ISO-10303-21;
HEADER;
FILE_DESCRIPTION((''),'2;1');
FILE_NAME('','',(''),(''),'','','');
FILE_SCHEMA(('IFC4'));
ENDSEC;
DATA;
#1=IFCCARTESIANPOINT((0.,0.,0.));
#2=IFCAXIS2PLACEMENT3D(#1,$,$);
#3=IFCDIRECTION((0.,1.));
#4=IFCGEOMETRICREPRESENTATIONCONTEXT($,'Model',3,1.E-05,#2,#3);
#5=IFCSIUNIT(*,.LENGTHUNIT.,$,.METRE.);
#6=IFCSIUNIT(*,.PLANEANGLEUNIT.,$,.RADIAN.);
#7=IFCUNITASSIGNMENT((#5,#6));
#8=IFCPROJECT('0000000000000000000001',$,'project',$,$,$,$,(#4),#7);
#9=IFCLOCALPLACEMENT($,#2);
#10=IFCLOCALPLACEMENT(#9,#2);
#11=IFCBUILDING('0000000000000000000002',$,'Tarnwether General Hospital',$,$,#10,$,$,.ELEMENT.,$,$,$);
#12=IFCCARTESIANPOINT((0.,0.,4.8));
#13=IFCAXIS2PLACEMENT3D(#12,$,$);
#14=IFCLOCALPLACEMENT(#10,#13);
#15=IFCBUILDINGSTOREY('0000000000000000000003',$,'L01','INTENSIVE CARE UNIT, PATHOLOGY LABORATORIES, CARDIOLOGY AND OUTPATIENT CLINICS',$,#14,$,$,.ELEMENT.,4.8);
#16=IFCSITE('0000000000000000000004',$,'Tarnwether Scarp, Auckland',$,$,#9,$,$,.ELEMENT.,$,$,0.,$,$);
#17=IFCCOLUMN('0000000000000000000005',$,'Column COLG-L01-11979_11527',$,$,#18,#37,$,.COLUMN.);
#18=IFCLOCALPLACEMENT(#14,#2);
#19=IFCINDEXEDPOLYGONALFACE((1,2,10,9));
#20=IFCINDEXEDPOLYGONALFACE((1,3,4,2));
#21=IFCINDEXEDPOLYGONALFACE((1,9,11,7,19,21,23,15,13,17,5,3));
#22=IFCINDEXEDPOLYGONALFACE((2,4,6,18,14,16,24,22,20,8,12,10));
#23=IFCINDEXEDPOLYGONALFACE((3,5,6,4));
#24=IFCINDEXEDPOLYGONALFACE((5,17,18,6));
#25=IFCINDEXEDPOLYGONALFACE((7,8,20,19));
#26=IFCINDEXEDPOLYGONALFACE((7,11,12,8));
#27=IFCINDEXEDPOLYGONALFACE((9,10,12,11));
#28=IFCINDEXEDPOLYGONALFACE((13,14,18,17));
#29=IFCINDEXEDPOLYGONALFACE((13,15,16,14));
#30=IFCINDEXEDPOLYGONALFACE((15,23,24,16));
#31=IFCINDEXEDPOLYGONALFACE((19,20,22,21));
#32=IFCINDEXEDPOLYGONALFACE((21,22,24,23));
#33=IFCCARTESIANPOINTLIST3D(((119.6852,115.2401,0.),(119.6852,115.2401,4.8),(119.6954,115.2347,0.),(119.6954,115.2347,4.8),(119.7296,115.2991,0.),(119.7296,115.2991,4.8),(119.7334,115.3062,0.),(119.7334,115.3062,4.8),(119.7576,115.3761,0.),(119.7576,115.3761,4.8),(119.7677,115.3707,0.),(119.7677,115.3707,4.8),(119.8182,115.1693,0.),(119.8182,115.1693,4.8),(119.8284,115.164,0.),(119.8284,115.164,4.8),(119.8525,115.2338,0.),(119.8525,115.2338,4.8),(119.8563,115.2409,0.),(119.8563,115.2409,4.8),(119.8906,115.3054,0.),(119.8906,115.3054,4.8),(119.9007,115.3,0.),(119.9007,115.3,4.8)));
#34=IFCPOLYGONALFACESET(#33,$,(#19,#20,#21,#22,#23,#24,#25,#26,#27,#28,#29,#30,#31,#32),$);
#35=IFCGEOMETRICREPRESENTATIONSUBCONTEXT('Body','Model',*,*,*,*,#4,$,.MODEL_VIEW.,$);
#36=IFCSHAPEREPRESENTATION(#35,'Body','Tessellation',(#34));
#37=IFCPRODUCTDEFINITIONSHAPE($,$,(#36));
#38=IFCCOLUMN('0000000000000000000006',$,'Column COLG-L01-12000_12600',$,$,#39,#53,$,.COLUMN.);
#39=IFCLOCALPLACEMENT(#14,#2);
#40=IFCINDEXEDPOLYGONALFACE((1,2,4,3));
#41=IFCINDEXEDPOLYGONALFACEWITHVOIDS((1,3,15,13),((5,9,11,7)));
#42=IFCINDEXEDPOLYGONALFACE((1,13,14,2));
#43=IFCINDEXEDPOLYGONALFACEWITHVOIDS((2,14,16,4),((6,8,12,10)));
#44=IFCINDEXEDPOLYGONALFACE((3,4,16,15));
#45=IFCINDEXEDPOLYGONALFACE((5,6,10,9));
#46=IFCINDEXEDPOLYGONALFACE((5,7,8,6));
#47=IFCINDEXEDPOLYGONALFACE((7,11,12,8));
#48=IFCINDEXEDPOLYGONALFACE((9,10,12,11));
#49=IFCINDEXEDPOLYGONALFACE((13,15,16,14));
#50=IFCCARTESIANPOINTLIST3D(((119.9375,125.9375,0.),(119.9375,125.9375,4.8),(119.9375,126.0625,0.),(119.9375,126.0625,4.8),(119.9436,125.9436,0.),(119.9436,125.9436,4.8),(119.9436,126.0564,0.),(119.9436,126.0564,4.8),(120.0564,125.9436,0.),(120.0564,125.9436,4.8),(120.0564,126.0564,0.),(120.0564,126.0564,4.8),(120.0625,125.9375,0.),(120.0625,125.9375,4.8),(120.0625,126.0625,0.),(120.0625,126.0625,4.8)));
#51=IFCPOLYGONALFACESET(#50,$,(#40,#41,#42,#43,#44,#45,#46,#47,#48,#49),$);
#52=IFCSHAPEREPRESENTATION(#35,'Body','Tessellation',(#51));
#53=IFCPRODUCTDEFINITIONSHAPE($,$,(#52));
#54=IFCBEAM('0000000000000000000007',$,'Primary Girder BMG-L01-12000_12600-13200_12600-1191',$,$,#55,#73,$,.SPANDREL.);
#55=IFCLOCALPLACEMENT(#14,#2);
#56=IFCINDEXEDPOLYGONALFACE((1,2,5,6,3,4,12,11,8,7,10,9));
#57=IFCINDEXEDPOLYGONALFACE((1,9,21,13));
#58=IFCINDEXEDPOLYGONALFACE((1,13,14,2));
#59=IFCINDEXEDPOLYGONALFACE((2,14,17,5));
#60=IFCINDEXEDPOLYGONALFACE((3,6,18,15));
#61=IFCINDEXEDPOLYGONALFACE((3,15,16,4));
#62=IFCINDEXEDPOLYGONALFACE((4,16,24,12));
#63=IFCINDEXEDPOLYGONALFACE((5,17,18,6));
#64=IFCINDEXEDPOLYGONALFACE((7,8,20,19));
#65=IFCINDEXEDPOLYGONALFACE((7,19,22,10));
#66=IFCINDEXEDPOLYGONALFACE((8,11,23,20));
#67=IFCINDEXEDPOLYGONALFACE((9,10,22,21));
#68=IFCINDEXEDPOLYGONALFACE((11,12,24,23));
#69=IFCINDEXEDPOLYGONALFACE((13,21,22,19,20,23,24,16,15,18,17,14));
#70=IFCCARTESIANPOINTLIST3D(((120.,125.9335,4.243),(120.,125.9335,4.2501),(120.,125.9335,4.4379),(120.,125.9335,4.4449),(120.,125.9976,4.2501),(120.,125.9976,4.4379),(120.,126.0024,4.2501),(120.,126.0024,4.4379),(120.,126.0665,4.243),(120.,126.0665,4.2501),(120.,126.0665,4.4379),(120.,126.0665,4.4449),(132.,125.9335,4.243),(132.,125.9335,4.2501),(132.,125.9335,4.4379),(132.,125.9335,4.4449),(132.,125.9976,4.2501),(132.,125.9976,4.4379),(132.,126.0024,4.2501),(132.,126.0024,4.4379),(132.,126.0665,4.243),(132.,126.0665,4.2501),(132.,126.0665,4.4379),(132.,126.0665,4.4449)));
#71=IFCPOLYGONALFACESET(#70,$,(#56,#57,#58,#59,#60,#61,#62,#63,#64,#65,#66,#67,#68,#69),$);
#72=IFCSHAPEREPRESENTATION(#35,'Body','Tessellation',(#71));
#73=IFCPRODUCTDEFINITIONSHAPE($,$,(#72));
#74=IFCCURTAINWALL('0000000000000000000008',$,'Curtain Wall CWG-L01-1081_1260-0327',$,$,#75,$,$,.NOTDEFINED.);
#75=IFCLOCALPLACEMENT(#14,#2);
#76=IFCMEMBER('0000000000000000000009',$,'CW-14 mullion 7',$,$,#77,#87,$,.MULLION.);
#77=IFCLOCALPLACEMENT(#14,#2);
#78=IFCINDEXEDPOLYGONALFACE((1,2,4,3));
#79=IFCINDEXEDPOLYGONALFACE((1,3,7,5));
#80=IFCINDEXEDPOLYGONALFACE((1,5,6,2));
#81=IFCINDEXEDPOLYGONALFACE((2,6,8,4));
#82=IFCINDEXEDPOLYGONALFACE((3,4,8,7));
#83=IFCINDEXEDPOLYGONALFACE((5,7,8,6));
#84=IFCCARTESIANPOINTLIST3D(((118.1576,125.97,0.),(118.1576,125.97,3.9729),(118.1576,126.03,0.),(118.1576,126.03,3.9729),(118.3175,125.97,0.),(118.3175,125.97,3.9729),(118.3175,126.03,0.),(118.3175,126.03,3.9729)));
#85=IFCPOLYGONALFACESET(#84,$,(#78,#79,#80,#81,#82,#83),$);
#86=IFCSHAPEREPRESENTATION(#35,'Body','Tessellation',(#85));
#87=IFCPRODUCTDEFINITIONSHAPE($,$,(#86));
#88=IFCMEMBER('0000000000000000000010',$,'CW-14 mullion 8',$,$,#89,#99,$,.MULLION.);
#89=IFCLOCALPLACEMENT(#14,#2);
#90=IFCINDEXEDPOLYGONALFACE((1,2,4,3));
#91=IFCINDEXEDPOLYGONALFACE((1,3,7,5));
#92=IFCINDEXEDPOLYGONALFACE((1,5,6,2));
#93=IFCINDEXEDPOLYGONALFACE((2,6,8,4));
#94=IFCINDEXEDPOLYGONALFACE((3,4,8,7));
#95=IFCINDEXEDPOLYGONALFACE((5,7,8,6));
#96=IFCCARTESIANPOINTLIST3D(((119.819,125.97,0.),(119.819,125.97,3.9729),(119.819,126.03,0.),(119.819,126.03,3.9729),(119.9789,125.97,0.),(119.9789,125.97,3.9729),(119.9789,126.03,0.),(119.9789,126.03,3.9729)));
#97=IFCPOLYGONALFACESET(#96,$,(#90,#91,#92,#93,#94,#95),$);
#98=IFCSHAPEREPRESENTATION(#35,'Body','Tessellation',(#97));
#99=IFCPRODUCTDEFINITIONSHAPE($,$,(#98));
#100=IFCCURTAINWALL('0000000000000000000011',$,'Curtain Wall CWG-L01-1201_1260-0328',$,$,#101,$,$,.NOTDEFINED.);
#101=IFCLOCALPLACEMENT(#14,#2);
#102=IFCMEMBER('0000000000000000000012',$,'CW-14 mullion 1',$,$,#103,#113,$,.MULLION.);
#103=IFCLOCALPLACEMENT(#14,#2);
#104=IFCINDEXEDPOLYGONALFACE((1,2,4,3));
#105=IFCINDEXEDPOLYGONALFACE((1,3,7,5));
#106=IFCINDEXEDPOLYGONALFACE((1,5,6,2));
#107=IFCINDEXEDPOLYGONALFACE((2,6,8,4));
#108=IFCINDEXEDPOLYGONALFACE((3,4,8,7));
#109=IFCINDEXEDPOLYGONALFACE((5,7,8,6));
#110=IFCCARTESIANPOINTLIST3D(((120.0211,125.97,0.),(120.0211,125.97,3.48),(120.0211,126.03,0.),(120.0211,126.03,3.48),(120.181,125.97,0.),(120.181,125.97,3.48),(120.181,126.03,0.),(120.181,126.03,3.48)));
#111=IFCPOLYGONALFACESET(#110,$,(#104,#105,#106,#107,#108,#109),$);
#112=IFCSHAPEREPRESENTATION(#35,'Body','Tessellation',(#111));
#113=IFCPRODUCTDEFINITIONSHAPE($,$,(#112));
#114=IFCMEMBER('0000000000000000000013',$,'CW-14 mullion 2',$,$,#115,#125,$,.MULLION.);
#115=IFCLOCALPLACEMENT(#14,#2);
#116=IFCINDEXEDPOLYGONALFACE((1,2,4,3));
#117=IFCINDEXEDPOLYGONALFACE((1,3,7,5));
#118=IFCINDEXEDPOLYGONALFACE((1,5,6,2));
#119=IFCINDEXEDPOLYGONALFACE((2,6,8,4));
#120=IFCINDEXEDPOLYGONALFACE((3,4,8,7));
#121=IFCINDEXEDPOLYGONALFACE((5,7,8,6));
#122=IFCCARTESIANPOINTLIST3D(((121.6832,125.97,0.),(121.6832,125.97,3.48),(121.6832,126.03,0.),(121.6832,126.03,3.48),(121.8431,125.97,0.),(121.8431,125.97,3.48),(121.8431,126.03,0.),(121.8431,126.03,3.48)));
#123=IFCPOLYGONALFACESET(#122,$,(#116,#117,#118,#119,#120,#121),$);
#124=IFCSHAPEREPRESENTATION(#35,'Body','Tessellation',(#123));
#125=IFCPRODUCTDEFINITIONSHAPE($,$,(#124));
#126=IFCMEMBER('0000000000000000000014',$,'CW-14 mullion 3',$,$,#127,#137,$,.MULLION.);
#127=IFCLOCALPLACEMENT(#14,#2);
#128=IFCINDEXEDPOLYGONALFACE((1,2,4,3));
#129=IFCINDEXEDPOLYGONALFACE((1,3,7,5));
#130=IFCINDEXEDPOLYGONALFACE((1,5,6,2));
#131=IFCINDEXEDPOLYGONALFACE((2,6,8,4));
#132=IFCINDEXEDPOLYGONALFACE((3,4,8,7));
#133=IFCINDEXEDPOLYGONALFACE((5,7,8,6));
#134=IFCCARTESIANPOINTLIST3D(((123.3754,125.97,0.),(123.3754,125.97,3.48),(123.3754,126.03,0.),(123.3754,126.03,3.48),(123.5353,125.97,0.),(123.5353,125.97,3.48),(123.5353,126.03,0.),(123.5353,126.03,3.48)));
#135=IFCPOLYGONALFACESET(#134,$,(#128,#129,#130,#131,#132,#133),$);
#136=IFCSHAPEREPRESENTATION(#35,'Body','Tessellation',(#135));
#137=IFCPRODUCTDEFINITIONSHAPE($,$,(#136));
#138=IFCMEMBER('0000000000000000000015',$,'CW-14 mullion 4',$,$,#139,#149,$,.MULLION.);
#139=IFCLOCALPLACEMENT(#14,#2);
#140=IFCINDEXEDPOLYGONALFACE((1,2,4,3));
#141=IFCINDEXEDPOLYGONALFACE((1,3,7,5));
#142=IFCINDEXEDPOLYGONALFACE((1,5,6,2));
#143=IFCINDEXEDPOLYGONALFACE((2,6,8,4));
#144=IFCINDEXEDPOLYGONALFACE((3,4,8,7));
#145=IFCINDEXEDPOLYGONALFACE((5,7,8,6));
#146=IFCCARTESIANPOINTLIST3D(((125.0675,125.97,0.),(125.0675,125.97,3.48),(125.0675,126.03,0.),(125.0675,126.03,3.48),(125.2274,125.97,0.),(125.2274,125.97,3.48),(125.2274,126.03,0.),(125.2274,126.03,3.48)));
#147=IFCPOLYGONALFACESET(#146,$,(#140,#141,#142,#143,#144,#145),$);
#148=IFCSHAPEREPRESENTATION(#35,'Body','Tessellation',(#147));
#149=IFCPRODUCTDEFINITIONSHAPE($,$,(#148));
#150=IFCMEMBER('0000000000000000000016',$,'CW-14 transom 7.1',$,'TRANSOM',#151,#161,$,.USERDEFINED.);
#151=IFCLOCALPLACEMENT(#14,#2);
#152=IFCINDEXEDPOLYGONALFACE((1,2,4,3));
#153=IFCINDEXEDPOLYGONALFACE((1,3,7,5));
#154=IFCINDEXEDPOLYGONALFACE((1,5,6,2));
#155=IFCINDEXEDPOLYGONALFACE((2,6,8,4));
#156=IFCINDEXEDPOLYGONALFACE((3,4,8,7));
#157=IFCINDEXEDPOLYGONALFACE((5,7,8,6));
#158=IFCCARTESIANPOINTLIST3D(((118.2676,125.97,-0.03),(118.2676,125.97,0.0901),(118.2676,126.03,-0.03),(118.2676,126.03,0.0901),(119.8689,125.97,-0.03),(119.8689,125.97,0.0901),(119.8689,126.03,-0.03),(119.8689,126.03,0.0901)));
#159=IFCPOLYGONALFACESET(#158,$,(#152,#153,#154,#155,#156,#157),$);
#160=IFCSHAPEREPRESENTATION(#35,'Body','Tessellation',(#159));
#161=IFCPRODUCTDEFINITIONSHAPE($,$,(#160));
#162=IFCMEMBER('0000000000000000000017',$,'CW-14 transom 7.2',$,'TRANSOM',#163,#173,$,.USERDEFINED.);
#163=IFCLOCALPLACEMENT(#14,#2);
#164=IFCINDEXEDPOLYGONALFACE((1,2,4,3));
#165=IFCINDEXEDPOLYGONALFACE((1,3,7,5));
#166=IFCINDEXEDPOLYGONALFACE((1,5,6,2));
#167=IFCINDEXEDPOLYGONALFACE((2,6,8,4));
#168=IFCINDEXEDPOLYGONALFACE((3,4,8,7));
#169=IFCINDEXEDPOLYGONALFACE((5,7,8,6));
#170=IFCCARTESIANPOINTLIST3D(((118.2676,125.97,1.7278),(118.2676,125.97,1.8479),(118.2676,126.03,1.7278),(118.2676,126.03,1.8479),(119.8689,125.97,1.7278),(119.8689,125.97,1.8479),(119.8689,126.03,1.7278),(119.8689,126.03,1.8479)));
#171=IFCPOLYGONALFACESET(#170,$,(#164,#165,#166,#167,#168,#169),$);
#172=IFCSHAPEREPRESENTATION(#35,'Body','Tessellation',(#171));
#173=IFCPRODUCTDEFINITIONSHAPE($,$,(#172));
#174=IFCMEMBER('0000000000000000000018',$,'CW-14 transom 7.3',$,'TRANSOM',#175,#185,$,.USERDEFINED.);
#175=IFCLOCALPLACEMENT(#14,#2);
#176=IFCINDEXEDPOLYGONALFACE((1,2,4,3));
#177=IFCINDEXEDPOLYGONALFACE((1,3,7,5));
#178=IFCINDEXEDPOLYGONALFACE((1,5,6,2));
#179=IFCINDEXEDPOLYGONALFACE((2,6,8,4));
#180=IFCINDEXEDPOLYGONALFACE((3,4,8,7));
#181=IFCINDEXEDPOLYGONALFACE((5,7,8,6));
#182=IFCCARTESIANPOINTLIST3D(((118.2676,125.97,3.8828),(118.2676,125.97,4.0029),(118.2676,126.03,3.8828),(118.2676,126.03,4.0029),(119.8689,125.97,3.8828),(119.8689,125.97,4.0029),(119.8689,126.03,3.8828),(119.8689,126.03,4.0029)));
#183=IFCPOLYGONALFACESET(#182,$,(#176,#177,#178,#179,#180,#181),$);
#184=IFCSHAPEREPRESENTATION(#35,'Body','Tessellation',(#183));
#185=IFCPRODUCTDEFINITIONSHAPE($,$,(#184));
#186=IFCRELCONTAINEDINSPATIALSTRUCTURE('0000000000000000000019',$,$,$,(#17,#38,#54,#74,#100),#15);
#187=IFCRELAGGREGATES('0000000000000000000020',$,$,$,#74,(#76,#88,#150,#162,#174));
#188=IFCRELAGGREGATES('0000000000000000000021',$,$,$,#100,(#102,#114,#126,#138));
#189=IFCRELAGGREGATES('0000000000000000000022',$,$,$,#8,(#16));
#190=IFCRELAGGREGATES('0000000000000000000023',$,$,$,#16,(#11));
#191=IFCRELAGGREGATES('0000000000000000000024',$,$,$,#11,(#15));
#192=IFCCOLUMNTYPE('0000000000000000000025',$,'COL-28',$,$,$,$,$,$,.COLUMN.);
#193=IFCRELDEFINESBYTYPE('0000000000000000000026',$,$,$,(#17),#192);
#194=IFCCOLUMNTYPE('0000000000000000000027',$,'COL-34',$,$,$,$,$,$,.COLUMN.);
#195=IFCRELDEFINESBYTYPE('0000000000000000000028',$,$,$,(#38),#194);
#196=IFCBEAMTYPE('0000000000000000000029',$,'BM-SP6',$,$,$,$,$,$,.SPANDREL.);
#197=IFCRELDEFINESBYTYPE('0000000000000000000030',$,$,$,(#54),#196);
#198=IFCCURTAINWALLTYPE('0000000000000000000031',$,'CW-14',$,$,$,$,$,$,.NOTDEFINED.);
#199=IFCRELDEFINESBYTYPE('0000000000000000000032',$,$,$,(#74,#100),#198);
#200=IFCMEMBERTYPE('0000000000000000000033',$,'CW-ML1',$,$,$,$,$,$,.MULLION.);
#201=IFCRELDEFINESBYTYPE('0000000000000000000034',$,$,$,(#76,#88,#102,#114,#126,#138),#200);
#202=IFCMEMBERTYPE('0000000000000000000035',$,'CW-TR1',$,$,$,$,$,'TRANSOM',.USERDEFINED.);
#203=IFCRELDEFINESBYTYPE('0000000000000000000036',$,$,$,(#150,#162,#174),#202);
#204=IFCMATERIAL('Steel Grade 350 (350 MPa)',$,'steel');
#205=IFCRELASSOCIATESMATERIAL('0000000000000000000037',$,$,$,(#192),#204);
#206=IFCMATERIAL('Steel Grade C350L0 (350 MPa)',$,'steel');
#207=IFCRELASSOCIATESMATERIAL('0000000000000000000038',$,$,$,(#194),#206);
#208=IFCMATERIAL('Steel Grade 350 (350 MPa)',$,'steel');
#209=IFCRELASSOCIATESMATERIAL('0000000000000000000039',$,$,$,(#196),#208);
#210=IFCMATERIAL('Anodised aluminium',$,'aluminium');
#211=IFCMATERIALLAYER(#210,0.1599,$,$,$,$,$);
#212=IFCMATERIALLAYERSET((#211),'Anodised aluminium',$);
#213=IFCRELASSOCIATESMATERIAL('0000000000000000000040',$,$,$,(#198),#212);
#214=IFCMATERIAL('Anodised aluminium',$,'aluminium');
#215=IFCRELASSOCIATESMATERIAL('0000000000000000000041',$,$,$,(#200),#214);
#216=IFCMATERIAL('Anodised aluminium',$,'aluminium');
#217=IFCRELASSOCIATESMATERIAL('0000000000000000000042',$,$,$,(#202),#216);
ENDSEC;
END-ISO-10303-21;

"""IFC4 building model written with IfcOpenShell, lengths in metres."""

from ifc_helpers import new_model, si_unit, direction, frame, origin, origin_2d, place, context, subcontext, project, spatial, rectangle, hollow_rectangle, i_section, extrude, material, layer, layer_set, material_profile, profile_set, type_object, element, aggregate, save


model = new_model("IFC4")

# Units and contexts
model_context = context("Model", 3, precision=1e-05, world=origin(), true_north=direction((0.0, 1.0)))
body_context = subcontext(model_context, "Body", "Model", "MODEL_VIEW")
ifc_project = project(units=[si_unit("LENGTHUNIT", "METRE"), si_unit("PLANEANGLEUNIT", "RADIAN")], contexts=[model_context])

# Site, building, storey
site_placement = place(None, origin())
site = spatial("IfcSite", under=ifc_project, at=site_placement, Name="Tarnwether Scarp, Auckland", CompositionType="ELEMENT", RefElevation=0.0)
building_placement = place(site_placement, origin())
building = spatial("IfcBuilding", under=site, at=building_placement, Name="Tarnwether General Hospital", CompositionType="ELEMENT")
storey_placement = place(building_placement, frame((0.0, 0.0, 4.8)))
storey = spatial("IfcBuildingStorey", under=building, at=storey_placement, Name="L01", Description="INTENSIVE CARE UNIT, PATHOLOGY LABORATORIES, CARDIOLOGY AND OUTPATIENT CLINICS", CompositionType="ELEMENT", Elevation=4.8)

# Columns
ifc_material_1 = material(Name="Steel Grade 350 (350 MPa)", Category="steel")
ifc_material_profile_1 = material_profile(ifc_material_1, i_section(OverallWidth=0.1541, OverallDepth=0.1621, WebThickness=0.0081, FlangeThickness=0.0115, at=origin_2d()), Name="150UC37.2")
ifc_profile_set_1 = profile_set([ifc_material_profile_1], Name="Steel Grade 350 (350 MPa)")
column_type_1 = type_object("IfcColumnType", Name="COL-28", PredefinedType="COLUMN", material=ifc_profile_set_1)
column_1_placement = place(storey_placement, frame((119.793, 115.27, 0.0), z_axis=(0.0, 0.0, 1.0), x_axis=(0.469472, 0.882948, 0.0)))
element("IfcColumn", 1, at=column_1_placement, inside=storey, type_object=column_type_1, Name="Column COLG-L01-11979_11527", PredefinedType="COLUMN", context=body_context, shape_type="SweptSolid", body=[
    extrude(i_section(OverallWidth=0.1541, OverallDepth=0.1621, WebThickness=0.0081, FlangeThickness=0.0115, at=origin_2d()), origin(), (0.0, 0.0, 1.0), 4.8),
])
ifc_material_2 = material(Name="Steel Grade C350L0 (350 MPa)", Category="steel")
ifc_material_profile_2 = material_profile(ifc_material_2, hollow_rectangle(XDim=0.125, YDim=0.125, WallThickness=0.0061, at=origin_2d()), Name="SHS125x125x6")
ifc_profile_set_2 = profile_set([ifc_material_profile_2], Name="Steel Grade C350L0 (350 MPa)")
column_type_2 = type_object("IfcColumnType", Name="COL-34", PredefinedType="COLUMN", material=ifc_profile_set_2)
column_2_placement = place(storey_placement, frame((120.0, 126.0, 0.0), z_axis=(0.0, 0.0, 1.0), x_axis=(1.0, 0.0, 0.0)))
element("IfcColumn", 2, at=column_2_placement, inside=storey, type_object=column_type_2, Name="Column COLG-L01-12000_12600", PredefinedType="COLUMN", context=body_context, shape_type="SweptSolid", body=[
    extrude(hollow_rectangle(XDim=0.125, YDim=0.125, WallThickness=0.0061, at=origin_2d()), origin(), (0.0, 0.0, 1.0), 4.8),
])

# Beam
ifc_material_3 = material(Name="Steel Grade 350 (350 MPa)", Category="steel")
ifc_material_profile_3 = material_profile(ifc_material_3, i_section(OverallWidth=0.1331, OverallDepth=0.2019, WebThickness=0.0049, FlangeThickness=0.0071, at=origin_2d()), Name="200UB22.3")
ifc_profile_set_3 = profile_set([ifc_material_profile_3], Name="Steel Grade 350 (350 MPa)")
beam_type = type_object("IfcBeamType", Name="BM-SP6", PredefinedType="SPANDREL", material=ifc_profile_set_3)
beam_placement = place(storey_placement, frame((120.0, 126.0, 4.344), z_axis=(1.0, 0.0, 0.0), x_axis=(0.0, 1.0, 0.0)))
element("IfcBeam", 3, at=beam_placement, inside=storey, type_object=beam_type, Name="Primary Girder BMG-L01-12000_12600-13200_12600-1191", PredefinedType="SPANDREL", context=body_context, shape_type="SweptSolid", body=[
    extrude(i_section(OverallWidth=0.1331, OverallDepth=0.2019, WebThickness=0.0049, FlangeThickness=0.0071, at=origin_2d()), origin(), (0.0, 0.0, 1.0), 12.0),
])

# Curtain walls, members
ifc_material_4 = material(Name="Anodised aluminium", Category="aluminium")
ifc_layer_1 = layer(ifc_material_4, 0.1599)
ifc_layer_set_1 = layer_set([ifc_layer_1], Name="Anodised aluminium")
curtain_wall_type = type_object("IfcCurtainWallType", Name="CW-14", PredefinedType="NOTDEFINED", material=ifc_layer_set_1)
curtain_wall_1_placement = place(storey_placement, origin())
curtain_wall_1 = element("IfcCurtainWall", 4, at=curtain_wall_1_placement, inside=storey, type_object=curtain_wall_type, Name="Curtain Wall CWG-L01-1081_1260-0327", PredefinedType="NOTDEFINED")
ifc_material_5 = material(Name="Anodised aluminium", Category="aluminium")
ifc_material_profile_4 = material_profile(ifc_material_5, rectangle(XDim=0.0601, YDim=0.1599, at=origin_2d()), Name="ALU-MUL-60x160")
ifc_profile_set_4 = profile_set([ifc_material_profile_4], Name="Anodised aluminium")
member_type_1 = type_object("IfcMemberType", Name="CW-ML1", PredefinedType="MULLION", material=ifc_profile_set_4)
member_1_placement = place(storey_placement, frame((118.2375, 126.0, 0.0), z_axis=(0.0, 0.0, 1.0), x_axis=(0.0, 1.0, 0.0)))
member_1 = element("IfcMember", 5, at=member_1_placement, type_object=member_type_1, Name="CW-14 mullion 7", PredefinedType="MULLION", context=body_context, shape_type="SweptSolid", body=[
    extrude(rectangle(XDim=0.0601, YDim=0.1599, at=origin_2d()), origin(), (0.0, 0.0, 1.0), 3.9729),
])
member_2_placement = place(storey_placement, frame((119.8989, 126.0, 0.0), z_axis=(0.0, 0.0, 1.0), x_axis=(0.0, 1.0, 0.0)))
member_2 = element("IfcMember", 6, at=member_2_placement, type_object=member_type_1, Name="CW-14 mullion 8", PredefinedType="MULLION", context=body_context, shape_type="SweptSolid", body=[
    extrude(rectangle(XDim=0.0601, YDim=0.1599, at=origin_2d()), origin(), (0.0, 0.0, 1.0), 3.9729),
])
curtain_wall_2_placement = place(storey_placement, origin())
curtain_wall_2 = element("IfcCurtainWall", 7, at=curtain_wall_2_placement, inside=storey, type_object=curtain_wall_type, Name="Curtain Wall CWG-L01-1201_1260-0328", PredefinedType="NOTDEFINED")
member_3_placement = place(storey_placement, frame((120.1011, 126.0, 0.0), z_axis=(0.0, 0.0, 1.0), x_axis=(0.0, 1.0, 0.0)))
member_3 = element("IfcMember", 8, at=member_3_placement, type_object=member_type_1, Name="CW-14 mullion 1", PredefinedType="MULLION", context=body_context, shape_type="SweptSolid", body=[
    extrude(rectangle(XDim=0.0601, YDim=0.1599, at=origin_2d()), origin(), (0.0, 0.0, 1.0), 3.48),
])
member_4_placement = place(storey_placement, frame((121.7632, 126.0, 0.0), z_axis=(0.0, 0.0, 1.0), x_axis=(0.0, 1.0, 0.0)))
member_4 = element("IfcMember", 9, at=member_4_placement, type_object=member_type_1, Name="CW-14 mullion 2", PredefinedType="MULLION", context=body_context, shape_type="SweptSolid", body=[
    extrude(rectangle(XDim=0.0601, YDim=0.1599, at=origin_2d()), origin(), (0.0, 0.0, 1.0), 3.48),
])
member_5_placement = place(storey_placement, frame((123.4553, 126.0, 0.0), z_axis=(0.0, 0.0, 1.0), x_axis=(0.0, 1.0, 0.0)))
member_5 = element("IfcMember", 10, at=member_5_placement, type_object=member_type_1, Name="CW-14 mullion 3", PredefinedType="MULLION", context=body_context, shape_type="SweptSolid", body=[
    extrude(rectangle(XDim=0.0601, YDim=0.1599, at=origin_2d()), origin(), (0.0, 0.0, 1.0), 3.48),
])
member_6_placement = place(storey_placement, frame((125.1475, 126.0, 0.0), z_axis=(0.0, 0.0, 1.0), x_axis=(0.0, 1.0, 0.0)))
member_6 = element("IfcMember", 11, at=member_6_placement, type_object=member_type_1, Name="CW-14 mullion 4", PredefinedType="MULLION", context=body_context, shape_type="SweptSolid", body=[
    extrude(rectangle(XDim=0.0601, YDim=0.1599, at=origin_2d()), origin(), (0.0, 0.0, 1.0), 3.48),
])

# Members
ifc_material_6 = material(Name="Anodised aluminium", Category="aluminium")
ifc_material_profile_5 = material_profile(ifc_material_6, rectangle(XDim=0.0601, YDim=0.1201, at=origin_2d()), Name="ALU-TRN-60x120")
ifc_profile_set_5 = profile_set([ifc_material_profile_5], Name="Anodised aluminium")
member_type_2 = type_object("IfcMemberType", Name="CW-TR1", ElementType="TRANSOM", PredefinedType="USERDEFINED", material=ifc_profile_set_5)
member_7_placement = place(storey_placement, frame((118.2676, 126.0, 0.03), z_axis=(1.0, 0.0, 0.0), x_axis=(0.0, 1.0, 0.0)))
member_7 = element("IfcMember", 12, at=member_7_placement, type_object=member_type_2, Name="CW-14 transom 7.1", ObjectType="TRANSOM", PredefinedType="USERDEFINED", context=body_context, shape_type="SweptSolid", body=[
    extrude(rectangle(XDim=0.0601, YDim=0.1201, at=origin_2d()), origin(), (0.0, 0.0, 1.0), 1.6013),
])
member_8_placement = place(storey_placement, frame((118.2676, 126.0, 1.7878), z_axis=(1.0, 0.0, 0.0), x_axis=(0.0, 1.0, 0.0)))
member_8 = element("IfcMember", 13, at=member_8_placement, type_object=member_type_2, Name="CW-14 transom 7.2", ObjectType="TRANSOM", PredefinedType="USERDEFINED", context=body_context, shape_type="SweptSolid", body=[
    extrude(rectangle(XDim=0.0601, YDim=0.1201, at=origin_2d()), origin(), (0.0, 0.0, 1.0), 1.6013),
])
member_9_placement = place(storey_placement, frame((118.2676, 126.0, 3.9429), z_axis=(1.0, 0.0, 0.0), x_axis=(0.0, 1.0, 0.0)))
member_9 = element("IfcMember", 14, at=member_9_placement, type_object=member_type_2, Name="CW-14 transom 7.3", ObjectType="TRANSOM", PredefinedType="USERDEFINED", context=body_context, shape_type="SweptSolid", body=[
    extrude(rectangle(XDim=0.0601, YDim=0.1201, at=origin_2d()), origin(), (0.0, 0.0, 1.0), 1.6013),
])

aggregate(curtain_wall_1, [member_1, member_2, member_7, member_8, member_9])
aggregate(curtain_wall_2, [member_3, member_4, member_5, member_6])

save(model, "model.ifc")
